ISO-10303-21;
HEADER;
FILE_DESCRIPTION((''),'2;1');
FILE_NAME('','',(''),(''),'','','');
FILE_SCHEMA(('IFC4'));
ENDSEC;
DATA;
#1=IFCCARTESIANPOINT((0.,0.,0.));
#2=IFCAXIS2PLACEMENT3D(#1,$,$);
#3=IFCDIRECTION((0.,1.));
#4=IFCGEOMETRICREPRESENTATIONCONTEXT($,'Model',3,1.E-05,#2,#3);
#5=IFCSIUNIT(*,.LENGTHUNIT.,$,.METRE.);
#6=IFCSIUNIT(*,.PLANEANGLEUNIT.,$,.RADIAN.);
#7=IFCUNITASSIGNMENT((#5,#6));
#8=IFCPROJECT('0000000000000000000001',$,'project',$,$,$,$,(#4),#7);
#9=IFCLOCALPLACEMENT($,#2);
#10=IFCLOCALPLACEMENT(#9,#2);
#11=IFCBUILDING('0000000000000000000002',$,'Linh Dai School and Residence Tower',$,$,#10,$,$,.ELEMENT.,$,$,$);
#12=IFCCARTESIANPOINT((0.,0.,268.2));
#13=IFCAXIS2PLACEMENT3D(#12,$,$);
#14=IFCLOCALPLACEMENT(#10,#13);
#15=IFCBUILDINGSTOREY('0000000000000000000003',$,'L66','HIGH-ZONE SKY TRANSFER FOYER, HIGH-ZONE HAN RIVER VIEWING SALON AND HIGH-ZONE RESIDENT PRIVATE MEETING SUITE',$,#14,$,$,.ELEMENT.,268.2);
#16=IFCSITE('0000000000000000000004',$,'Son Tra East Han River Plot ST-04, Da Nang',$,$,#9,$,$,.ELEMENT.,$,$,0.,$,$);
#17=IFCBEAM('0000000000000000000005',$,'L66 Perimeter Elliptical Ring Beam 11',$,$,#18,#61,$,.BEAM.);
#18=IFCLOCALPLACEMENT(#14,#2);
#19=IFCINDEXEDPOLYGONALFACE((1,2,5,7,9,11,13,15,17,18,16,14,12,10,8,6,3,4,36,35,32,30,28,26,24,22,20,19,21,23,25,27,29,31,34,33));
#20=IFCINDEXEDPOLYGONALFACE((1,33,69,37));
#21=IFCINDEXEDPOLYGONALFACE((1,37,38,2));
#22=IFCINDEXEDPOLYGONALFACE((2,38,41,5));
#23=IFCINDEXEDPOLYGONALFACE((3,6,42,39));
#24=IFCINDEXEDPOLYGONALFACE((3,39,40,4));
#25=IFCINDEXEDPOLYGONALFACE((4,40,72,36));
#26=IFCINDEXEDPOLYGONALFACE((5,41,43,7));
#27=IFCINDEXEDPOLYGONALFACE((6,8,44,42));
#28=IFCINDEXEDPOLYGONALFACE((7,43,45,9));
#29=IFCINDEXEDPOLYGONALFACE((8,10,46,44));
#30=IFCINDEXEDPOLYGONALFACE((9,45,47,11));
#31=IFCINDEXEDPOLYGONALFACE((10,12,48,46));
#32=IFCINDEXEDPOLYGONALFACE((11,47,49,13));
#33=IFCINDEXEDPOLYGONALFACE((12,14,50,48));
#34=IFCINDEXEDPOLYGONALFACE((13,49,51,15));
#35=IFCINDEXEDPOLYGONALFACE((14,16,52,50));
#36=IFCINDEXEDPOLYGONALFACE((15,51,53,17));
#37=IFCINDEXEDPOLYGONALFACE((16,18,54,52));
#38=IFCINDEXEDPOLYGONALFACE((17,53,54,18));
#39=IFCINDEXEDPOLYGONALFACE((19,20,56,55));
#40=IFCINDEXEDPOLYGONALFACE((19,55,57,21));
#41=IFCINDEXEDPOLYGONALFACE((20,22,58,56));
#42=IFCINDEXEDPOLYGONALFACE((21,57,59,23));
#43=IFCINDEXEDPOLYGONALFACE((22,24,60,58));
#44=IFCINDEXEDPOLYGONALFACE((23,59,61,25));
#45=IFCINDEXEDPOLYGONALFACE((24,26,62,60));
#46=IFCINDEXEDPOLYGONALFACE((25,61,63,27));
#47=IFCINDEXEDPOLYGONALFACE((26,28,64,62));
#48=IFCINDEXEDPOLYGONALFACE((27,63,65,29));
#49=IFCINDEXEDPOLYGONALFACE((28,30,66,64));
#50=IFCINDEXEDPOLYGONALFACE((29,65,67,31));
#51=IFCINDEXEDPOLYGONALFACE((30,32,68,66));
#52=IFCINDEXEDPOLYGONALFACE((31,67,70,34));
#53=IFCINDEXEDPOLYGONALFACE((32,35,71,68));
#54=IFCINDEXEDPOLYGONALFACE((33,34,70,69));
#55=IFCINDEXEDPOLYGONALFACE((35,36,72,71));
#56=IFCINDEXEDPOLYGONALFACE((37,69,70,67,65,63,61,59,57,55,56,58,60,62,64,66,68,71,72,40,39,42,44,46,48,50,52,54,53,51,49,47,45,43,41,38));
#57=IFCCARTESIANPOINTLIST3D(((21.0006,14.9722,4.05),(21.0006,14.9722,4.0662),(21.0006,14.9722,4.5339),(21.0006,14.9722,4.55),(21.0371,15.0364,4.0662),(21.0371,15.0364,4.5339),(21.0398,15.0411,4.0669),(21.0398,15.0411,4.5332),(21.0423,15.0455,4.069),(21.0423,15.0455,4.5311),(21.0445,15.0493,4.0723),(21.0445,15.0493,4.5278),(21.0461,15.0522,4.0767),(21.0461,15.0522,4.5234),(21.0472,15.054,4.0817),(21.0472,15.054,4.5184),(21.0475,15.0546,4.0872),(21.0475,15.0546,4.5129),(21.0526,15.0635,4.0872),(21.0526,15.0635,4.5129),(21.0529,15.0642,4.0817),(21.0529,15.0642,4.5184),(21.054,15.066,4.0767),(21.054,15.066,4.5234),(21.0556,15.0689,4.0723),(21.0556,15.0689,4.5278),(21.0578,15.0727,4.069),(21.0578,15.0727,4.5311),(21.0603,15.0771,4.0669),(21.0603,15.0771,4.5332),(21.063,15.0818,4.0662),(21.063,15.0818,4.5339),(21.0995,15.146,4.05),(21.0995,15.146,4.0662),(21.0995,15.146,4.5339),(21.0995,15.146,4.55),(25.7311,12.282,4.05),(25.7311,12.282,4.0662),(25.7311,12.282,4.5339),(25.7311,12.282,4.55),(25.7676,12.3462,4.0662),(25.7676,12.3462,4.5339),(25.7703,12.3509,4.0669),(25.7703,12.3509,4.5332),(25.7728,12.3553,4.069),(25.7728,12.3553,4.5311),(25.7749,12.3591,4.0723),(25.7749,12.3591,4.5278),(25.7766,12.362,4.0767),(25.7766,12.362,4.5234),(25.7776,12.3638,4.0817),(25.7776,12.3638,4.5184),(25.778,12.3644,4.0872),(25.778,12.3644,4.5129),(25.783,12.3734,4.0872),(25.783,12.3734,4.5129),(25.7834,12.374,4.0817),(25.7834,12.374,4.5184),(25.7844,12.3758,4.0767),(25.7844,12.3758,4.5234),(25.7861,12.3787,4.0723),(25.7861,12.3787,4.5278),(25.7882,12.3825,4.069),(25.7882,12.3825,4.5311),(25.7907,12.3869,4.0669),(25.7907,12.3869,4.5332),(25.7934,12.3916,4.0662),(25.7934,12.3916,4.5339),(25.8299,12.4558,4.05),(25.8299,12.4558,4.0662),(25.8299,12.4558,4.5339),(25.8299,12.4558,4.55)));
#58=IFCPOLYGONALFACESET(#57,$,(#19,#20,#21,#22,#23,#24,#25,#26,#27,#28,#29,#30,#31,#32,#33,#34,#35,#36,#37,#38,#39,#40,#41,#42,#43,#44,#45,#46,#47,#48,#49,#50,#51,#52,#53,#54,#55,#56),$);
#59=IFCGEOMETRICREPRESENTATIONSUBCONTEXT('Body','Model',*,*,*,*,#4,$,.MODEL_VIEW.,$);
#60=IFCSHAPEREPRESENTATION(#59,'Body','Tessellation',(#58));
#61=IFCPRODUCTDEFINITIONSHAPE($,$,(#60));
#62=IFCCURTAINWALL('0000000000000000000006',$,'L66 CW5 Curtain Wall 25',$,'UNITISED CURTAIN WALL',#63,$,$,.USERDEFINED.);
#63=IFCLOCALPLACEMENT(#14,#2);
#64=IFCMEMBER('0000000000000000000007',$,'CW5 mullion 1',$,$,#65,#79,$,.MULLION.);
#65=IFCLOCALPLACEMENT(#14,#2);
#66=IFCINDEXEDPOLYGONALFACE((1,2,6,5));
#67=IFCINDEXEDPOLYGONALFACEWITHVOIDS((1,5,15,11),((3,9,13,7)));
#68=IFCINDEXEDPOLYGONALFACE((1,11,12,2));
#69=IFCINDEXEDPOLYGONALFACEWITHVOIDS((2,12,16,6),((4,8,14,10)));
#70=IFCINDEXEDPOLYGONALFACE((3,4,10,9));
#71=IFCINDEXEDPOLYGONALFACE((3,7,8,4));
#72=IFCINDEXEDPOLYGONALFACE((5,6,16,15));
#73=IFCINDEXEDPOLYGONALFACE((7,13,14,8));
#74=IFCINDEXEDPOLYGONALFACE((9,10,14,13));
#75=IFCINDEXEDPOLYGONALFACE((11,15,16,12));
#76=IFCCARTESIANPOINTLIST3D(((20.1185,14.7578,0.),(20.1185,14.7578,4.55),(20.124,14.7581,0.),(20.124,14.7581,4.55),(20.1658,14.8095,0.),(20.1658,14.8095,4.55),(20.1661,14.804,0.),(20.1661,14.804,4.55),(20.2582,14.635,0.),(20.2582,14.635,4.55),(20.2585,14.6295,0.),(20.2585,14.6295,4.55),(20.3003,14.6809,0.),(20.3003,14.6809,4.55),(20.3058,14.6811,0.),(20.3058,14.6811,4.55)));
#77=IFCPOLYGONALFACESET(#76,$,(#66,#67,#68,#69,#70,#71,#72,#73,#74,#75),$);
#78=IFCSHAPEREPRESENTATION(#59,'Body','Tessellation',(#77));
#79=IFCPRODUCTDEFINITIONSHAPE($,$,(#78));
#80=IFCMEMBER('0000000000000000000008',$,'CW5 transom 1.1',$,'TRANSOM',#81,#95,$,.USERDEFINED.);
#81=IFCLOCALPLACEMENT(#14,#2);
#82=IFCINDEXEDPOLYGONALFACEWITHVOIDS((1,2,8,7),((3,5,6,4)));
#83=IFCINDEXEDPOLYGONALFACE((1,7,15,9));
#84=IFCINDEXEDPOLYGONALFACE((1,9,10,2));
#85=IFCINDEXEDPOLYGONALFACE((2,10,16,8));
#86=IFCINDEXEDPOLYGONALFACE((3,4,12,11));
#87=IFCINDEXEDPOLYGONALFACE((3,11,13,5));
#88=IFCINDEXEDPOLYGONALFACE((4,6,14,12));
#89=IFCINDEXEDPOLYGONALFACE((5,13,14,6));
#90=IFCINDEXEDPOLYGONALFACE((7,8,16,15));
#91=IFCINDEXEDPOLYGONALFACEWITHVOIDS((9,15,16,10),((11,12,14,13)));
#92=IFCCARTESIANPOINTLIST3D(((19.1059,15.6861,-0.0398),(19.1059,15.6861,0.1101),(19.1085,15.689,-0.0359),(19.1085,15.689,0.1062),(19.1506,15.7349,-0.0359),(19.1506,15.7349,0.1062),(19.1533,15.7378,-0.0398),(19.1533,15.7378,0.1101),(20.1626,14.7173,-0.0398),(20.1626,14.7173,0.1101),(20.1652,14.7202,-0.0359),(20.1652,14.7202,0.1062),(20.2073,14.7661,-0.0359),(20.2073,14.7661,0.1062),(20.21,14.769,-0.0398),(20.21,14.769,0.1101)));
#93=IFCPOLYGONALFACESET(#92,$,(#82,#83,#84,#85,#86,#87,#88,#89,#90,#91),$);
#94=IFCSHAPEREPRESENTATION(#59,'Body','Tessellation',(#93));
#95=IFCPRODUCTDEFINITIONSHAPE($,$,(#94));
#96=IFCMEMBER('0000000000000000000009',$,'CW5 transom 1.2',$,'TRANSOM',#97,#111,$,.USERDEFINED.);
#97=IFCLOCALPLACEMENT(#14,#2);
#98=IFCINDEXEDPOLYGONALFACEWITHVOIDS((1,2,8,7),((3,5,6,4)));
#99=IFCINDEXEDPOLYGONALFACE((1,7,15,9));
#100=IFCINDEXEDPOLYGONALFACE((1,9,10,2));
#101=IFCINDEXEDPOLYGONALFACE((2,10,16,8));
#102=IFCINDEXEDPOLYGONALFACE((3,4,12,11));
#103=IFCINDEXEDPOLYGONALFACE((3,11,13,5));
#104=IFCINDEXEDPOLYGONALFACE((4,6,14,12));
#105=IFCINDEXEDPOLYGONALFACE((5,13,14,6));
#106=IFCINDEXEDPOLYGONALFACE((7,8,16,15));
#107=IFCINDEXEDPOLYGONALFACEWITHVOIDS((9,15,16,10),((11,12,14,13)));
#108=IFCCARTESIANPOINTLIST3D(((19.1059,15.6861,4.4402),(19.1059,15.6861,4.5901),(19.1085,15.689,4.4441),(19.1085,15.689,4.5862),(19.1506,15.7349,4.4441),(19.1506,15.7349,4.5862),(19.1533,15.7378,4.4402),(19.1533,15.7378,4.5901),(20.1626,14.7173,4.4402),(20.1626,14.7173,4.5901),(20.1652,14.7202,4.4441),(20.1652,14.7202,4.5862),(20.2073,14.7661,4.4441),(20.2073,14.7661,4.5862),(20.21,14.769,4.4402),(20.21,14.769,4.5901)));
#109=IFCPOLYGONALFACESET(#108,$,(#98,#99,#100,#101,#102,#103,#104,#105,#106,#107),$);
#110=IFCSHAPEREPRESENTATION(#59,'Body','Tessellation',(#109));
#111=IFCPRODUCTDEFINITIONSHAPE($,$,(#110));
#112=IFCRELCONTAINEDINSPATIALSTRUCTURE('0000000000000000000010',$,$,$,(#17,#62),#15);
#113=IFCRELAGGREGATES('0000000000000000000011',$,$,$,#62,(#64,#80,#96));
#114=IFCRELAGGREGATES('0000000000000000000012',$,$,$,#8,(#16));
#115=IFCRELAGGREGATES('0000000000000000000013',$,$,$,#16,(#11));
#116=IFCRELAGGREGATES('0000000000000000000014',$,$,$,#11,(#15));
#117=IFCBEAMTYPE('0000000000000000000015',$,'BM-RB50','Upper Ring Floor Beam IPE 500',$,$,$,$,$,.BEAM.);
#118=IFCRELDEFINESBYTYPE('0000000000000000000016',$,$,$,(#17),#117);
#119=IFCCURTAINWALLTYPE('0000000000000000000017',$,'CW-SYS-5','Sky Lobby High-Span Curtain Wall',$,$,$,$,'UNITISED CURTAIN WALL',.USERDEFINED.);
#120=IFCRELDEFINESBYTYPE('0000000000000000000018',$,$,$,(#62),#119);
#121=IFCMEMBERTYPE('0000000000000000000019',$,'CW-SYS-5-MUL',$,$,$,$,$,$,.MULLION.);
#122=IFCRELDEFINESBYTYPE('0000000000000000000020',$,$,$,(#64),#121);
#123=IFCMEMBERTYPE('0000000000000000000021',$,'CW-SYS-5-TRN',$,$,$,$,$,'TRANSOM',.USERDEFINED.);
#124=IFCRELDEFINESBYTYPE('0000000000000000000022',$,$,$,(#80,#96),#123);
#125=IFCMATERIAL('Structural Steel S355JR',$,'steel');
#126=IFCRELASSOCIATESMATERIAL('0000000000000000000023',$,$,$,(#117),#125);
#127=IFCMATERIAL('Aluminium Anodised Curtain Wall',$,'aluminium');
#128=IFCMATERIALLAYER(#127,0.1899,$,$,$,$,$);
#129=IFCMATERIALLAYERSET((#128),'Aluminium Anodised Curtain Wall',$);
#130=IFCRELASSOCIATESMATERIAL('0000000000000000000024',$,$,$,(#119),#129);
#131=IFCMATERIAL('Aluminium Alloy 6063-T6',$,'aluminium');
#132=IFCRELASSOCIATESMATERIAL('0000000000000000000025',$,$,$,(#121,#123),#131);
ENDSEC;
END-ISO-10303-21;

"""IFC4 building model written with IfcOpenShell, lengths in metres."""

from ifc_helpers import new_model, si_unit, direction, frame, origin, origin_2d, place, context, subcontext, project, spatial, hollow_rectangle, i_section, extrude, source, transform, mapped, material, layer, layer_set, material_profile, profile_set, type_object, element, aggregate, save


model = new_model("IFC4")

# Units and contexts
model_context = context("Model", 3, precision=1e-05, world=origin(), true_north=direction((0.0, 1.0)))
body_context = subcontext(model_context, "Body", "Model", "MODEL_VIEW")
ifc_project = project(units=[si_unit("LENGTHUNIT", "METRE"), si_unit("PLANEANGLEUNIT", "RADIAN")], contexts=[model_context])

# Site, building, storey
site_placement = place(None, origin())
site = spatial("IfcSite", under=ifc_project, at=site_placement, Name="Son Tra East Han River Plot ST-04, Da Nang", CompositionType="ELEMENT", RefElevation=0.0)
building_placement = place(site_placement, origin())
building = spatial("IfcBuilding", under=site, at=building_placement, Name="Linh Dai School and Residence Tower", CompositionType="ELEMENT")
storey_placement = place(building_placement, frame((0.0, 0.0, 268.2)))
storey = spatial("IfcBuildingStorey", under=building, at=storey_placement, Name="L66", Description="HIGH-ZONE SKY TRANSFER FOYER, HIGH-ZONE HAN RIVER VIEWING SALON AND HIGH-ZONE RESIDENT PRIVATE MEETING SUITE", CompositionType="ELEMENT", Elevation=268.2)

# Beam
ifc_material_1 = material(Name="Structural Steel S355JR", Category="steel")
ifc_material_profile_1 = material_profile(ifc_material_1, i_section(OverallWidth=0.2, OverallDepth=0.5, WebThickness=0.0103, FlangeThickness=0.0161, FilletRadius=0.021, at=origin_2d()), Name="IPE 500")
ifc_profile_set_1 = profile_set([ifc_material_profile_1], Name="Structural Steel S355JR")
beam_type = type_object("IfcBeamType", Name="BM-RB50", Description="Upper Ring Floor Beam IPE 500", PredefinedType="BEAM", material=ifc_profile_set_1)
beam_placement = place(storey_placement, frame((21.05, 15.0591, 4.3), z_axis=(0.869266, -0.494345, 0.0), x_axis=(0.494345, 0.869266, 0.0)))
element("IfcBeam", 1, at=beam_placement, inside=storey, type_object=beam_type, Name="L66 Perimeter Elliptical Ring Beam 11", PredefinedType="BEAM", context=body_context, shape_type="SweptSolid", body=[
    extrude(i_section(OverallWidth=0.2, OverallDepth=0.5, WebThickness=0.0103, FlangeThickness=0.0161, FilletRadius=0.021, at=origin_2d()), origin(), (0.0, 0.0, 1.0), 5.4419),
])

# Curtain wall, members
ifc_material_2 = material(Name="Aluminium Anodised Curtain Wall", Category="aluminium")
ifc_layer_1 = layer(ifc_material_2, 0.1899)
ifc_layer_set_1 = layer_set([ifc_layer_1], Name="Aluminium Anodised Curtain Wall")
curtain_wall_type = type_object("IfcCurtainWallType", Name="CW-SYS-5", Description="Sky Lobby High-Span Curtain Wall", ElementType="UNITISED CURTAIN WALL", PredefinedType="USERDEFINED", material=ifc_layer_set_1)
curtain_wall_placement = place(storey_placement, origin())
curtain_wall = element("IfcCurtainWall", 2, at=curtain_wall_placement, inside=storey, type_object=curtain_wall_type, Name="L66 CW5 Curtain Wall 25", ObjectType="UNITISED CURTAIN WALL", PredefinedType="USERDEFINED")
ifc_material_3 = material(Name="Aluminium Alloy 6063-T6", Category="aluminium")
ifc_material_profile_2 = material_profile(ifc_material_3, hollow_rectangle(XDim=0.0701, YDim=0.1899, WallThickness=0.0039, at=origin_2d()), Name="RHS 190x70x4")
ifc_profile_set_2 = profile_set([ifc_material_profile_2], Name="Aluminium Alloy 6063-T6")
member_type_1 = type_object("IfcMemberType", Name="CW-SYS-5-MUL", PredefinedType="MULLION", material=ifc_profile_set_2)
shared_shape_1 = source(origin(), body_context, "Body", "SweptSolid", [
    extrude(hollow_rectangle(XDim=0.0701, YDim=0.1899, WallThickness=0.0039, at=origin_2d()), origin(), (0.0, 0.0, 1.0), 4.55),
])
member_1_placement = place(storey_placement, frame((20.2122, 14.7195, 0.0), z_axis=(0.0, 0.0, 1.0), x_axis=(-0.675779, -0.737104, 0.0)))
member_1 = element("IfcMember", 3, at=member_1_placement, type_object=member_type_1, Name="CW5 mullion 1", PredefinedType="MULLION", context=body_context, shape_type="MappedRepresentation", body=[
    mapped(shared_shape_1, transform((0.0, 0.0, 0.0), x_axis=(1.0, 0.0, 0.0), y_axis=(0.0, 1.0, 0.0), z_axis=(0.0, 0.0, 1.0), scale=1.0)),
])
ifc_material_profile_3 = material_profile(ifc_material_3, hollow_rectangle(XDim=0.0701, YDim=0.1499, WallThickness=0.0039, at=origin_2d()), Name="RHS 150x70x4")
ifc_profile_set_3 = profile_set([ifc_material_profile_3], Name="Aluminium Alloy 6063-T6")
member_type_2 = type_object("IfcMemberType", Name="CW-SYS-5-TRN", ElementType="TRANSOM", PredefinedType="USERDEFINED", material=ifc_profile_set_3)
shared_shape_2 = source(origin(), body_context, "Body", "SweptSolid", [
    extrude(hollow_rectangle(XDim=0.0701, YDim=0.1499, WallThickness=0.0039, at=origin_2d()), origin(), (0.0, 0.0, 1.0), 1.4336),
])
member_2_placement = place(storey_placement, frame((20.1863, 14.7432, 0.0352), z_axis=(-0.737098, 0.675786, 0.0), x_axis=(-0.675786, -0.737098, 0.0)))
member_2 = element("IfcMember", 4, at=member_2_placement, type_object=member_type_2, Name="CW5 transom 1.1", ObjectType="TRANSOM", PredefinedType="USERDEFINED", context=body_context, shape_type="MappedRepresentation", body=[
    mapped(shared_shape_2, transform((0.0, 0.0, 0.0), x_axis=(1.0, 0.0, 0.0), y_axis=(0.0, 1.0, 0.0), z_axis=(0.0, 0.0, 1.0), scale=1.0)),
])
member_3_placement = place(storey_placement, frame((20.1863, 14.7432, 4.5151), z_axis=(-0.737098, 0.675786, 0.0), x_axis=(-0.675786, -0.737098, 0.0)))
member_3 = element("IfcMember", 5, at=member_3_placement, type_object=member_type_2, Name="CW5 transom 1.2", ObjectType="TRANSOM", PredefinedType="USERDEFINED", context=body_context, shape_type="MappedRepresentation", body=[
    mapped(shared_shape_2, transform((0.0, 0.0, 0.0), x_axis=(1.0, 0.0, 0.0), y_axis=(0.0, 1.0, 0.0), z_axis=(0.0, 0.0, 1.0), scale=1.0)),
])
aggregate(curtain_wall, [member_1, member_2, member_3])

save(model, "model.ifc")
